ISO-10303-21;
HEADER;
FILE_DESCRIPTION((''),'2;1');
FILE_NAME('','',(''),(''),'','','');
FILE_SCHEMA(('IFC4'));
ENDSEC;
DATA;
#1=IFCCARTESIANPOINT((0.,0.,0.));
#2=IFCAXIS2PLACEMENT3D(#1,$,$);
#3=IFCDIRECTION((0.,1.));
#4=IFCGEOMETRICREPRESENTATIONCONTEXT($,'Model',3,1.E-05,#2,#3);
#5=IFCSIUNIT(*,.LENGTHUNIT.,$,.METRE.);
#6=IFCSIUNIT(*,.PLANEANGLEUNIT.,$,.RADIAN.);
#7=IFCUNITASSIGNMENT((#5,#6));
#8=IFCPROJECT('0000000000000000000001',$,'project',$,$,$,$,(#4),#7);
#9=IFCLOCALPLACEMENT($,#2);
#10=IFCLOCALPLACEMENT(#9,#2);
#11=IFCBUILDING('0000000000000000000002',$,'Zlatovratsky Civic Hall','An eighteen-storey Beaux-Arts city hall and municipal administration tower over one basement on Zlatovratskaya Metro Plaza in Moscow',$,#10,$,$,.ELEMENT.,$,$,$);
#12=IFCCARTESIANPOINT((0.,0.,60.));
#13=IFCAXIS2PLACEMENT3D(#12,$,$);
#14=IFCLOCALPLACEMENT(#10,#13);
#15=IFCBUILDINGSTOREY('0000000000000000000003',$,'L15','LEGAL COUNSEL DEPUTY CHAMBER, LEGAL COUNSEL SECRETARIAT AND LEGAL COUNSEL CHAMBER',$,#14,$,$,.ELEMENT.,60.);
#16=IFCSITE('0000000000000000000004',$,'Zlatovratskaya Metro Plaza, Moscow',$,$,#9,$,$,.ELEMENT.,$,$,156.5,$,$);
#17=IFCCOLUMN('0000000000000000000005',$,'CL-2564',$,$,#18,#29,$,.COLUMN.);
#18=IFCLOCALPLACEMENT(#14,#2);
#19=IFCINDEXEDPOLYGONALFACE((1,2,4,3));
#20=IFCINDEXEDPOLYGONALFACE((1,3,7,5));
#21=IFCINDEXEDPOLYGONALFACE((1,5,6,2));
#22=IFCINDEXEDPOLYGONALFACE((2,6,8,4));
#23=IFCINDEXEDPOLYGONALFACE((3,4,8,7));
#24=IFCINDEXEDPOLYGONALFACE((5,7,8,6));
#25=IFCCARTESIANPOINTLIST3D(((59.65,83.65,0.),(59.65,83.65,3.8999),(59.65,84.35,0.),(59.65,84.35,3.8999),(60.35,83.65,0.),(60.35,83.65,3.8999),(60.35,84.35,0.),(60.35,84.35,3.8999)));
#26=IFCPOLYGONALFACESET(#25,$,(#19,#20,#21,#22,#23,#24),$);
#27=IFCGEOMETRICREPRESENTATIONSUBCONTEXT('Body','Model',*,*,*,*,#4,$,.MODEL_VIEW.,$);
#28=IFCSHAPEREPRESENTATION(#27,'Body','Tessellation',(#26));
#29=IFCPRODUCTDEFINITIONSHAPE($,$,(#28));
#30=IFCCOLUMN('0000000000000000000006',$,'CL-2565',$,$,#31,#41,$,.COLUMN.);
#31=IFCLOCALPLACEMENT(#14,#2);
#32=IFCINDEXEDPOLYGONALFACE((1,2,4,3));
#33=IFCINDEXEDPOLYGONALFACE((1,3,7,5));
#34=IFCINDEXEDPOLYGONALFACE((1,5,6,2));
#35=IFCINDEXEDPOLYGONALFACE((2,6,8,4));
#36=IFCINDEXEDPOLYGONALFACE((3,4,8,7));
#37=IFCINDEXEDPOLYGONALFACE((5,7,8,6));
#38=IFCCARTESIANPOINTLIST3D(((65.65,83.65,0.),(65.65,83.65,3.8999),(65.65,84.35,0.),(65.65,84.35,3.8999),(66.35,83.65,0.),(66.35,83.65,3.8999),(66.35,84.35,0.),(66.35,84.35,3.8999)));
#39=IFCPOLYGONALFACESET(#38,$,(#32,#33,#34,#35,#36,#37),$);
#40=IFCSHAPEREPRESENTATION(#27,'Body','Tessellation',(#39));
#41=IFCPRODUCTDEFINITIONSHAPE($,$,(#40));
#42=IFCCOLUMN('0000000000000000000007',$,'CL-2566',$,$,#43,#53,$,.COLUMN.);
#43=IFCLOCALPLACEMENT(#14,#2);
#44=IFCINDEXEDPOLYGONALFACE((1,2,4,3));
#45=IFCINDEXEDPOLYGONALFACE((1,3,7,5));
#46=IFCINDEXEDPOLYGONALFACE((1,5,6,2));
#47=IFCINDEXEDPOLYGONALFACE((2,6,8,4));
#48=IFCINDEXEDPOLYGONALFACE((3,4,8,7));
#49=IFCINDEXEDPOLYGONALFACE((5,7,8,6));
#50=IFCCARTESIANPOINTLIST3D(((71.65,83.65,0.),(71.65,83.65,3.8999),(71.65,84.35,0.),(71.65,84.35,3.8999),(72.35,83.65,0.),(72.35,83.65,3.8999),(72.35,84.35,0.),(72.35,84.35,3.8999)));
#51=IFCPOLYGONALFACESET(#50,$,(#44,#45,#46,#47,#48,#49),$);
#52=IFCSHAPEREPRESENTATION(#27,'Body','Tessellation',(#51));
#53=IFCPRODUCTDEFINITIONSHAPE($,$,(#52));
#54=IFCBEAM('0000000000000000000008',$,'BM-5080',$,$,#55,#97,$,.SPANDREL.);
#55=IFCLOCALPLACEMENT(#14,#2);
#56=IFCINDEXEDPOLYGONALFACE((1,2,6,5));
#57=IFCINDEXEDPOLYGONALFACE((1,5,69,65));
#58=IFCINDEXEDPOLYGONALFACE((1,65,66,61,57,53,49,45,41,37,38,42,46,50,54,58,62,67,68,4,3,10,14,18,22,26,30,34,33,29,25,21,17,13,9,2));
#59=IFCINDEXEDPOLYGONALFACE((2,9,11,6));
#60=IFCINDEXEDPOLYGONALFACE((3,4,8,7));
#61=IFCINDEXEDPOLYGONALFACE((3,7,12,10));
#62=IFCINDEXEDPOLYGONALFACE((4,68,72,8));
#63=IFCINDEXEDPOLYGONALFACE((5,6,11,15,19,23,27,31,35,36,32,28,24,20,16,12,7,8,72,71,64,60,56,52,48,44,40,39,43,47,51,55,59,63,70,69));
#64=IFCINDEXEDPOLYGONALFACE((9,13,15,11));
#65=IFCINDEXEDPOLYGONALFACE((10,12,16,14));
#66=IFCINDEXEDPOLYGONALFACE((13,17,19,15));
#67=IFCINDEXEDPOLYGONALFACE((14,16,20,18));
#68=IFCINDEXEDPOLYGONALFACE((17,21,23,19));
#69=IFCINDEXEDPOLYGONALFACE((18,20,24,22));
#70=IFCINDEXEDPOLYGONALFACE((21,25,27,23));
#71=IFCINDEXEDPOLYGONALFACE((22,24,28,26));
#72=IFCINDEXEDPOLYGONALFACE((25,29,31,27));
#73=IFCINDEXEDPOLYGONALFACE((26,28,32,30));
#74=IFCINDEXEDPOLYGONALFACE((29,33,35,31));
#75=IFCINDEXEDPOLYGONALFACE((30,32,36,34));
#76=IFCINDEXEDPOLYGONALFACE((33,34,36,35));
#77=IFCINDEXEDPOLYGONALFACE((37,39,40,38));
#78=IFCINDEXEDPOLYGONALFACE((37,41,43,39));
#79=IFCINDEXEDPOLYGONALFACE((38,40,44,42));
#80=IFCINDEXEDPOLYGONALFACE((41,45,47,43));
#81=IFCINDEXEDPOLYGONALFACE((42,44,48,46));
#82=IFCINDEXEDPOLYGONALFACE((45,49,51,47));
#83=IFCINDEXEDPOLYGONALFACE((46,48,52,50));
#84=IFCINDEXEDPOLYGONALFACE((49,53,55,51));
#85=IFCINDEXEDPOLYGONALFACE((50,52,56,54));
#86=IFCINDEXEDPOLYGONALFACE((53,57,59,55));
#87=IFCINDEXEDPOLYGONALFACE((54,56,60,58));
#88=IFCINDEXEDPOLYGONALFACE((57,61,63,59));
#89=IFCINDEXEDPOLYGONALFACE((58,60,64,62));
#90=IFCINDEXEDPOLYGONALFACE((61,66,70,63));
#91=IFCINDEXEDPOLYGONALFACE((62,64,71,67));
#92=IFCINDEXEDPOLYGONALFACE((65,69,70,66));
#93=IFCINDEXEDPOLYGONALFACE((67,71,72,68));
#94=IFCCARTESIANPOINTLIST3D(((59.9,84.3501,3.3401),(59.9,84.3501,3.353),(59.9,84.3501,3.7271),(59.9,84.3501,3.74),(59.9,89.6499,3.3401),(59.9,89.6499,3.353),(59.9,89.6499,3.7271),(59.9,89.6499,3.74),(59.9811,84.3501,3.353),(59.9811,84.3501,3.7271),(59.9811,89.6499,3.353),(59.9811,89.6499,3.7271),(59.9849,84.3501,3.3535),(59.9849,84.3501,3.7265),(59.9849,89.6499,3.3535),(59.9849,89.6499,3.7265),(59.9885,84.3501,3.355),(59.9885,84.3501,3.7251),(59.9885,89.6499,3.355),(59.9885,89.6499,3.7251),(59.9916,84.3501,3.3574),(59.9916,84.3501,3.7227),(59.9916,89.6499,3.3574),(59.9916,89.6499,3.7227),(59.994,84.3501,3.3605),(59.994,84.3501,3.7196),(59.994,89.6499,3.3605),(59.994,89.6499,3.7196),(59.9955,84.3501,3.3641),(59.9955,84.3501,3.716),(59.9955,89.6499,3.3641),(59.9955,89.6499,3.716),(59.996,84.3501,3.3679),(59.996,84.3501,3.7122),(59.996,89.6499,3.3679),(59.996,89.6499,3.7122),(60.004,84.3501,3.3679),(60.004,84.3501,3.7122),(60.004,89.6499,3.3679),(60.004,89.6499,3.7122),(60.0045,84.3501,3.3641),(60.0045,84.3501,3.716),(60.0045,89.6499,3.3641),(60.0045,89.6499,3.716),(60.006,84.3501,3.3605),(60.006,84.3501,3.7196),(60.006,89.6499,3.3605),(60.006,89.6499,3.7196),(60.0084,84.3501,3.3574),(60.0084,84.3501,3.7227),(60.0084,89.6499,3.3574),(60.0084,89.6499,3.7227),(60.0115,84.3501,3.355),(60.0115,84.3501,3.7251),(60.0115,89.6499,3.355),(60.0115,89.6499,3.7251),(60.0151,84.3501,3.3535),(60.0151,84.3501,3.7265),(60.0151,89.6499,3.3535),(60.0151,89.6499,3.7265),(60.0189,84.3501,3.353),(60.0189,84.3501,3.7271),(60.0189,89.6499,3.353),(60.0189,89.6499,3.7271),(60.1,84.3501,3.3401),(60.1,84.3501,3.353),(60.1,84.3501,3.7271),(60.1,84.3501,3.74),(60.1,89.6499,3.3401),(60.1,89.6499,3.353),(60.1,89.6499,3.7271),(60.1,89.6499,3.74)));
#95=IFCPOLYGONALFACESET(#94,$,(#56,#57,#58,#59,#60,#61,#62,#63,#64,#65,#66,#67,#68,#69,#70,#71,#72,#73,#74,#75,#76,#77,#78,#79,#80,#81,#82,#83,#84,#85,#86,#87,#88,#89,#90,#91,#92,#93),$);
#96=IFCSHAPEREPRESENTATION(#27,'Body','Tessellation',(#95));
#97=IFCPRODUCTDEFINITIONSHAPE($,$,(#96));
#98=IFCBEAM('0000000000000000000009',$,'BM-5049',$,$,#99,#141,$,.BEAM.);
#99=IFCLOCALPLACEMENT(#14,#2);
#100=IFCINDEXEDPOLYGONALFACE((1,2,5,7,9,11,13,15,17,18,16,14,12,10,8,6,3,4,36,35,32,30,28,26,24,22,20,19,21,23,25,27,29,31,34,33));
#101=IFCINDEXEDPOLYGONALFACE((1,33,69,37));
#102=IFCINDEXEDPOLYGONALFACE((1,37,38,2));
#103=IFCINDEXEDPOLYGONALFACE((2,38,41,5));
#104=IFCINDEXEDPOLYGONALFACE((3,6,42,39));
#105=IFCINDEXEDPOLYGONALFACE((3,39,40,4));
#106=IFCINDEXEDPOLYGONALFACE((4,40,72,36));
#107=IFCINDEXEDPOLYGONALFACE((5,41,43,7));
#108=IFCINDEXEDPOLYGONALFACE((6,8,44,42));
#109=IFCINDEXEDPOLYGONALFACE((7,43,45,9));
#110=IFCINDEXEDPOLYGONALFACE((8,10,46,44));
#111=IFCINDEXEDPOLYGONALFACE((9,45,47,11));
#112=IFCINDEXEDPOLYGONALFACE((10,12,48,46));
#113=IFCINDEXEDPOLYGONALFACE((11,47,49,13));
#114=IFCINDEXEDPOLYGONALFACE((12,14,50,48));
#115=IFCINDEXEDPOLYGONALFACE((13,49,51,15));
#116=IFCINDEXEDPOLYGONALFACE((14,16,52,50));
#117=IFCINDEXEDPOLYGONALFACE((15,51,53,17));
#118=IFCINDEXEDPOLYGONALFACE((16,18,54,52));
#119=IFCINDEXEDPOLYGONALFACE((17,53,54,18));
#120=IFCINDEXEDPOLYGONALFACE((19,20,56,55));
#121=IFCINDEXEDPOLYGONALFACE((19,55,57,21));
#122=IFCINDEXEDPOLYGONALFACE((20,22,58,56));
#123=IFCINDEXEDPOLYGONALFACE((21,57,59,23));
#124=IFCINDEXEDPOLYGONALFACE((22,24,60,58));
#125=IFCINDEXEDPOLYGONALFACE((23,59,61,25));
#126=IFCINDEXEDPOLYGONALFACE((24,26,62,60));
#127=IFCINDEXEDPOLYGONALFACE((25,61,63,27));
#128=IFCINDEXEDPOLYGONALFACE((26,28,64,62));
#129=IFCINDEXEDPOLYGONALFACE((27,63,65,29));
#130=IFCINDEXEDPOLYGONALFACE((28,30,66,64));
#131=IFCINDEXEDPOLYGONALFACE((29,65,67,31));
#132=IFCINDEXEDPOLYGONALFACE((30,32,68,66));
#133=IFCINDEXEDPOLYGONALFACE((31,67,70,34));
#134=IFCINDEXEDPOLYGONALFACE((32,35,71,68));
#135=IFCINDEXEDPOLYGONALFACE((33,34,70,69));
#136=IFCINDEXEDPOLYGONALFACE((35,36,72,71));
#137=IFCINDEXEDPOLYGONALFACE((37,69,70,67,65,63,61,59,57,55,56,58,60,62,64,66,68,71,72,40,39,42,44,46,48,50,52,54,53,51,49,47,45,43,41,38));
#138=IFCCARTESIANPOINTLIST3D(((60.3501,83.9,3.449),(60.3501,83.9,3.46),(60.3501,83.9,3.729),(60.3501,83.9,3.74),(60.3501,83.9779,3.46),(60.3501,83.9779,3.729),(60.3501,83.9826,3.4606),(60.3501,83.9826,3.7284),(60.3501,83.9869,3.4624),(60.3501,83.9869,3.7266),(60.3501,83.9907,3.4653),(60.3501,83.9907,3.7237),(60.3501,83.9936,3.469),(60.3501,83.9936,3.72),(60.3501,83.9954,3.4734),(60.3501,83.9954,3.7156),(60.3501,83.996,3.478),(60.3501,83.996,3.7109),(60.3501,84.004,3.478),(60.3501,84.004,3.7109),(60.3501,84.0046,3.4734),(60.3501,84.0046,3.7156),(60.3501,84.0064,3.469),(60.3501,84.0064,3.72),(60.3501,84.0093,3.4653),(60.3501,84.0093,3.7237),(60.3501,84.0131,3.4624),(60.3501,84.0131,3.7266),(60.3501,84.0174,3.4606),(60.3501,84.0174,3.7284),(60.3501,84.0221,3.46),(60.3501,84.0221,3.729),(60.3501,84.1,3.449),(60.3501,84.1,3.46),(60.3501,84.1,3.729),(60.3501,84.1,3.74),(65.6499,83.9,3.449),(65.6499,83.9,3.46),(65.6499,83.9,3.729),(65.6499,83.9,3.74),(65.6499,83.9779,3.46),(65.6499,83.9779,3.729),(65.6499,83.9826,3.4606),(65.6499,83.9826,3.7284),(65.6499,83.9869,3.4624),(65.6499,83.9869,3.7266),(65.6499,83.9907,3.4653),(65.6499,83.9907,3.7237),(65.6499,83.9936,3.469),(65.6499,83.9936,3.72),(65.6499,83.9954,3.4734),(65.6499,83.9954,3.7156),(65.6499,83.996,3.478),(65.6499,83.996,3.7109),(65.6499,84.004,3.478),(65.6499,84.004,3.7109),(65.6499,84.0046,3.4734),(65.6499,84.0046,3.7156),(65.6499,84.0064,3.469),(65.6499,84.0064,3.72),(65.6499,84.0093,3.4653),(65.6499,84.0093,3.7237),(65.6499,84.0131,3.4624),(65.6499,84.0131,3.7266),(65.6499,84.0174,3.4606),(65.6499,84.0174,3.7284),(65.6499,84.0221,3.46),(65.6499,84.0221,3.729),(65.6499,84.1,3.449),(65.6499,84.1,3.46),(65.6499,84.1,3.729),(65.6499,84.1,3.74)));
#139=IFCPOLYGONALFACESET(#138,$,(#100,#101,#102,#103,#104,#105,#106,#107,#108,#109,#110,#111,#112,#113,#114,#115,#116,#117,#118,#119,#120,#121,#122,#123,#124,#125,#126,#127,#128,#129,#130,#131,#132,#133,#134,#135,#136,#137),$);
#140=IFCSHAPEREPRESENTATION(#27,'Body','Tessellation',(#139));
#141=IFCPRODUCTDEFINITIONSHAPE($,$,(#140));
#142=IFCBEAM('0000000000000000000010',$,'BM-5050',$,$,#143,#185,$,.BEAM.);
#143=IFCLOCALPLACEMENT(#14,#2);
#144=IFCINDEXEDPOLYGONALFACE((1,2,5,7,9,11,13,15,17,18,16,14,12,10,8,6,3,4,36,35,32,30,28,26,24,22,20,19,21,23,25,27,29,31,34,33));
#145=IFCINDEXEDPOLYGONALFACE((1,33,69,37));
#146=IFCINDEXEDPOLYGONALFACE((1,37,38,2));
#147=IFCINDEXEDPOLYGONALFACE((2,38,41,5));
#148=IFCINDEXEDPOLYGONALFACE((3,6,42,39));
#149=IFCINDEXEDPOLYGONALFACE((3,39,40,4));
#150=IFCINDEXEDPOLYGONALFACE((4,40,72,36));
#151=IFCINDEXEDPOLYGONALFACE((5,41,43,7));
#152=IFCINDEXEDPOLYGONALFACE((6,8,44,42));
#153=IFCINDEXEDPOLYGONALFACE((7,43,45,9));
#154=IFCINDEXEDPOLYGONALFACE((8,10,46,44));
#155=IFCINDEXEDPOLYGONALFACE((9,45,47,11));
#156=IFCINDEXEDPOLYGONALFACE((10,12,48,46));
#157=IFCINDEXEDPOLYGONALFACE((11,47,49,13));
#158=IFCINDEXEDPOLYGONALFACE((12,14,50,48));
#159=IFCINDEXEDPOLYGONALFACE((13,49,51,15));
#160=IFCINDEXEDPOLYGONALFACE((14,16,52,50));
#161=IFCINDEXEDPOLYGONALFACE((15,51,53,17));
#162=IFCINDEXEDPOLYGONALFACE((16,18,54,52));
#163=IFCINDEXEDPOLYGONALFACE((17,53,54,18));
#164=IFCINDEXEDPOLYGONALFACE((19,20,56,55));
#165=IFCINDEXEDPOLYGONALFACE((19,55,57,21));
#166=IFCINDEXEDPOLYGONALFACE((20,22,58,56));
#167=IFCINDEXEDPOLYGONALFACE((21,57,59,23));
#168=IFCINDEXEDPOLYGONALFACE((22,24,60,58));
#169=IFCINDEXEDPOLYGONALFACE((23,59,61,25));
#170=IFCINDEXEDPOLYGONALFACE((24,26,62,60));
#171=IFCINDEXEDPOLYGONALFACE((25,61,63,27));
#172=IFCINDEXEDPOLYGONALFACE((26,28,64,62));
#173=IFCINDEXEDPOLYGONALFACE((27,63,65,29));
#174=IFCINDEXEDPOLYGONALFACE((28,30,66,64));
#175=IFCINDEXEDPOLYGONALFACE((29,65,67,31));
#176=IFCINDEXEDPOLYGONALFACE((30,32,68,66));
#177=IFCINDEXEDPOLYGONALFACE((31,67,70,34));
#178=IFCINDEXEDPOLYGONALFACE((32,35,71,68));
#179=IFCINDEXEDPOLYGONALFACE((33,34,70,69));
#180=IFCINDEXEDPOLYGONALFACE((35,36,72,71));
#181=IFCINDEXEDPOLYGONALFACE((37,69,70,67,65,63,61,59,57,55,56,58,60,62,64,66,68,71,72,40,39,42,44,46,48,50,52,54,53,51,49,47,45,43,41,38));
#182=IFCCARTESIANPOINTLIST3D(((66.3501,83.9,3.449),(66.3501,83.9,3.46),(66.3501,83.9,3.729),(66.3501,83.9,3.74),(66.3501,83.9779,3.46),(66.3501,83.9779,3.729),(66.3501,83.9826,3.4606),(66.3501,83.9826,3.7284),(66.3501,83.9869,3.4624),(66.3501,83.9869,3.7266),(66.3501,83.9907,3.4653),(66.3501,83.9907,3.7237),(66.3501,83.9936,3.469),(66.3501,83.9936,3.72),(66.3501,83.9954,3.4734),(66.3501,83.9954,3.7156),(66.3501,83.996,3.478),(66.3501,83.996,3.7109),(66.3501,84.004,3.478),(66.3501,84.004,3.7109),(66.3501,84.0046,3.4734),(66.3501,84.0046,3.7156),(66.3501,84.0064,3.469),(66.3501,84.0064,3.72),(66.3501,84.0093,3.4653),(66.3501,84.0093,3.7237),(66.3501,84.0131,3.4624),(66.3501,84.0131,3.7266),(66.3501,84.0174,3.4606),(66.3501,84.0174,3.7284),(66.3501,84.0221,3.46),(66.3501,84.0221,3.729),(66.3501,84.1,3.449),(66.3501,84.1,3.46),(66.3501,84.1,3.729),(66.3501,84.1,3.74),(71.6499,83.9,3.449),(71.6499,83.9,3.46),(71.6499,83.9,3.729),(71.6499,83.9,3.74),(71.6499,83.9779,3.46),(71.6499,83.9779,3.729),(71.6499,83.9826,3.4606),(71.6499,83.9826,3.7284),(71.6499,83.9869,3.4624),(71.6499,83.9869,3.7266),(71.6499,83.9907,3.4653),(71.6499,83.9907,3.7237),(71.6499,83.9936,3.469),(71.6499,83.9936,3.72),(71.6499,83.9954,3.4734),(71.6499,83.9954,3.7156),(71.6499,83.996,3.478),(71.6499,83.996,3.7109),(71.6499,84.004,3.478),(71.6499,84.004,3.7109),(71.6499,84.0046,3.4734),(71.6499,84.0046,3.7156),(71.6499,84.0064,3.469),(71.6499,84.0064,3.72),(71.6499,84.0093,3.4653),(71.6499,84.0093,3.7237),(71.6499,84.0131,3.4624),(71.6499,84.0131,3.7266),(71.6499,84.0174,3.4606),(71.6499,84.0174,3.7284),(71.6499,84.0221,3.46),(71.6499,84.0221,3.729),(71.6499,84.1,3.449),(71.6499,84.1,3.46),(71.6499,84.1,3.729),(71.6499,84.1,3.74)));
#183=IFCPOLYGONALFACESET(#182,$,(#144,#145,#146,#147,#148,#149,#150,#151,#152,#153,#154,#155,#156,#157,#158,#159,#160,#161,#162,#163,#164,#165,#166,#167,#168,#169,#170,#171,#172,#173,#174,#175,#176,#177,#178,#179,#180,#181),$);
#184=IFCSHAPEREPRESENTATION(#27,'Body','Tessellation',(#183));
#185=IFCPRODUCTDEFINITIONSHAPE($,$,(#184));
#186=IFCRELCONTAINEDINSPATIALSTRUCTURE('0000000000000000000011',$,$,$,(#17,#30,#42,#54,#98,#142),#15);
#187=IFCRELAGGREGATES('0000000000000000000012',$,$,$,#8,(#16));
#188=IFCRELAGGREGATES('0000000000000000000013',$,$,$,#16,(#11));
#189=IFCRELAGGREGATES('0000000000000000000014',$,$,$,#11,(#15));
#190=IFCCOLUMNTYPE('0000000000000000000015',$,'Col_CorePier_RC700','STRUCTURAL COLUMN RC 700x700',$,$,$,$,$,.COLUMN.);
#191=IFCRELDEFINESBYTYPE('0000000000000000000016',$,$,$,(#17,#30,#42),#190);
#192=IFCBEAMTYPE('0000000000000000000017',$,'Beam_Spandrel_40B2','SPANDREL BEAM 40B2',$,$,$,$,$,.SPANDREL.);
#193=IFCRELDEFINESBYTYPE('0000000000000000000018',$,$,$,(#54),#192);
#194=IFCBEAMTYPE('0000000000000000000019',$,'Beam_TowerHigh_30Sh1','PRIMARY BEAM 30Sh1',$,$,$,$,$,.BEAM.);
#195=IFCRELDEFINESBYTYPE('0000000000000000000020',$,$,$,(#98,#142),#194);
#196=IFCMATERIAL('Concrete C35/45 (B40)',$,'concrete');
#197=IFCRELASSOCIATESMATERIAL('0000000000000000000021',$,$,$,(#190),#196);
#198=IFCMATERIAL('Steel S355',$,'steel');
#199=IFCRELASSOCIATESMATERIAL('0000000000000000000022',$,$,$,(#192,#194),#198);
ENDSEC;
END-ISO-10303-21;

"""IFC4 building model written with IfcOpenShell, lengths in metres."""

from ifc_helpers import new_model, si_unit, direction, frame, origin, origin_2d, place, context, subcontext, project, spatial, rectangle, i_section, extrude, material, material_profile, profile_set, type_object, element, save


model = new_model("IFC4")

# Units and contexts
model_context = context("Model", 3, precision=1e-05, world=origin(), true_north=direction((0.0, 1.0)))
body_context = subcontext(model_context, "Body", "Model", "MODEL_VIEW")
ifc_project = project(units=[si_unit("LENGTHUNIT", "METRE"), si_unit("PLANEANGLEUNIT", "RADIAN")], contexts=[model_context])

# Site, building, storey
site_placement = place(None, origin())
site = spatial("IfcSite", under=ifc_project, at=site_placement, Name="Zlatovratskaya Metro Plaza, Moscow", CompositionType="ELEMENT", RefElevation=156.5)
building_placement = place(site_placement, origin())
building = spatial("IfcBuilding", under=site, at=building_placement, Name="Zlatovratsky Civic Hall", Description="An eighteen-storey Beaux-Arts city hall and municipal administration tower over one basement on Zlatovratskaya Metro Plaza in Moscow", CompositionType="ELEMENT")
storey_placement = place(building_placement, frame((0.0, 0.0, 60.0)))
storey = spatial("IfcBuildingStorey", under=building, at=storey_placement, Name="L15", Description="LEGAL COUNSEL DEPUTY CHAMBER, LEGAL COUNSEL SECRETARIAT AND LEGAL COUNSEL CHAMBER", CompositionType="ELEMENT", Elevation=60.0)

# Columns
ifc_material_1 = material(Name="Concrete C35/45 (B40)", Category="concrete")
ifc_material_profile_1 = material_profile(ifc_material_1, rectangle(XDim=0.7, YDim=0.7, at=origin_2d()), Name="RC 700x700")
ifc_profile_set_1 = profile_set([ifc_material_profile_1], Name="Concrete C35/45 (B40)")
column_type = type_object("IfcColumnType", Name="Col_CorePier_RC700", Description="STRUCTURAL COLUMN RC 700x700", PredefinedType="COLUMN", material=ifc_profile_set_1)
for number, where, z_axis, x_axis, name in (
    (1, (60.0, 84.0, 0.0), (0.0, 0.0, 1.0), (1.0, 0.0, 0.0), "CL-2564"),
    (2, (66.0, 84.0, 0.0), (0.0, 0.0, 1.0), (1.0, 0.0, 0.0), "CL-2565"),
    (3, (72.0, 84.0, 0.0), (0.0, 0.0, 1.0), (1.0, 0.0, 0.0), "CL-2566"),
):
    element("IfcColumn", number, at=place(storey_placement, frame(where, z_axis=z_axis, x_axis=x_axis)), inside=storey, type_object=column_type, Name=name, PredefinedType="COLUMN", context=body_context, shape_type="SweptSolid", body=[
        extrude(rectangle(XDim=0.7, YDim=0.7, at=origin_2d()), origin(), (0.0, 0.0, 1.0), 3.8999),
    ])

# Beams
ifc_material_2 = material(Name="Steel S355", Category="steel")
ifc_material_profile_2 = material_profile(ifc_material_2, i_section(OverallWidth=0.2, OverallDepth=0.3999, WebThickness=0.0081, FlangeThickness=0.0129, FilletRadius=0.0149, at=origin_2d()), Name="40B2")
ifc_profile_set_2 = profile_set([ifc_material_profile_2], Name="Steel S355")
beam_type_1 = type_object("IfcBeamType", Name="Beam_Spandrel_40B2", Description="SPANDREL BEAM 40B2", PredefinedType="SPANDREL", material=ifc_profile_set_2)
beam_placement = place(storey_placement, frame((60.0, 84.3501, 3.54), z_axis=(0.0, 1.0, 0.0), x_axis=(-1.0, 0.0, 0.0)))
element("IfcBeam", 4, at=beam_placement, inside=storey, type_object=beam_type_1, Name="BM-5080", PredefinedType="SPANDREL", context=body_context, shape_type="SweptSolid", body=[
    extrude(i_section(OverallWidth=0.2, OverallDepth=0.3999, WebThickness=0.0081, FlangeThickness=0.0129, FilletRadius=0.0149, at=origin_2d()), origin(), (0.0, 0.0, 1.0), 5.2998),
])
ifc_material_profile_3 = material_profile(ifc_material_2, i_section(OverallWidth=0.2, OverallDepth=0.291, WebThickness=0.0081, FlangeThickness=0.011, FilletRadius=0.0181, at=origin_2d()), Name="30Sh1")
ifc_profile_set_3 = profile_set([ifc_material_profile_3], Name="Steel S355")
beam_type_2 = type_object("IfcBeamType", Name="Beam_TowerHigh_30Sh1", Description="PRIMARY BEAM 30Sh1", PredefinedType="BEAM", material=ifc_profile_set_3)
for number, where, z_axis, x_axis, name in (
    (5, (60.3501, 84.0, 3.5945), (1.0, 0.0, 0.0), (0.0, 1.0, 0.0), "BM-5049"),
    (6, (66.3501, 84.0, 3.5945), (1.0, 0.0, 0.0), (0.0, 1.0, 0.0), "BM-5050"),
):
    element("IfcBeam", number, at=place(storey_placement, frame(where, z_axis=z_axis, x_axis=x_axis)), inside=storey, type_object=beam_type_2, Name=name, PredefinedType="BEAM", context=body_context, shape_type="SweptSolid", body=[
        extrude(i_section(OverallWidth=0.2, OverallDepth=0.291, WebThickness=0.0081, FlangeThickness=0.011, FilletRadius=0.0181, at=origin_2d()), origin(), (0.0, 0.0, 1.0), 5.2998),
    ])

save(model, "model.ifc")
